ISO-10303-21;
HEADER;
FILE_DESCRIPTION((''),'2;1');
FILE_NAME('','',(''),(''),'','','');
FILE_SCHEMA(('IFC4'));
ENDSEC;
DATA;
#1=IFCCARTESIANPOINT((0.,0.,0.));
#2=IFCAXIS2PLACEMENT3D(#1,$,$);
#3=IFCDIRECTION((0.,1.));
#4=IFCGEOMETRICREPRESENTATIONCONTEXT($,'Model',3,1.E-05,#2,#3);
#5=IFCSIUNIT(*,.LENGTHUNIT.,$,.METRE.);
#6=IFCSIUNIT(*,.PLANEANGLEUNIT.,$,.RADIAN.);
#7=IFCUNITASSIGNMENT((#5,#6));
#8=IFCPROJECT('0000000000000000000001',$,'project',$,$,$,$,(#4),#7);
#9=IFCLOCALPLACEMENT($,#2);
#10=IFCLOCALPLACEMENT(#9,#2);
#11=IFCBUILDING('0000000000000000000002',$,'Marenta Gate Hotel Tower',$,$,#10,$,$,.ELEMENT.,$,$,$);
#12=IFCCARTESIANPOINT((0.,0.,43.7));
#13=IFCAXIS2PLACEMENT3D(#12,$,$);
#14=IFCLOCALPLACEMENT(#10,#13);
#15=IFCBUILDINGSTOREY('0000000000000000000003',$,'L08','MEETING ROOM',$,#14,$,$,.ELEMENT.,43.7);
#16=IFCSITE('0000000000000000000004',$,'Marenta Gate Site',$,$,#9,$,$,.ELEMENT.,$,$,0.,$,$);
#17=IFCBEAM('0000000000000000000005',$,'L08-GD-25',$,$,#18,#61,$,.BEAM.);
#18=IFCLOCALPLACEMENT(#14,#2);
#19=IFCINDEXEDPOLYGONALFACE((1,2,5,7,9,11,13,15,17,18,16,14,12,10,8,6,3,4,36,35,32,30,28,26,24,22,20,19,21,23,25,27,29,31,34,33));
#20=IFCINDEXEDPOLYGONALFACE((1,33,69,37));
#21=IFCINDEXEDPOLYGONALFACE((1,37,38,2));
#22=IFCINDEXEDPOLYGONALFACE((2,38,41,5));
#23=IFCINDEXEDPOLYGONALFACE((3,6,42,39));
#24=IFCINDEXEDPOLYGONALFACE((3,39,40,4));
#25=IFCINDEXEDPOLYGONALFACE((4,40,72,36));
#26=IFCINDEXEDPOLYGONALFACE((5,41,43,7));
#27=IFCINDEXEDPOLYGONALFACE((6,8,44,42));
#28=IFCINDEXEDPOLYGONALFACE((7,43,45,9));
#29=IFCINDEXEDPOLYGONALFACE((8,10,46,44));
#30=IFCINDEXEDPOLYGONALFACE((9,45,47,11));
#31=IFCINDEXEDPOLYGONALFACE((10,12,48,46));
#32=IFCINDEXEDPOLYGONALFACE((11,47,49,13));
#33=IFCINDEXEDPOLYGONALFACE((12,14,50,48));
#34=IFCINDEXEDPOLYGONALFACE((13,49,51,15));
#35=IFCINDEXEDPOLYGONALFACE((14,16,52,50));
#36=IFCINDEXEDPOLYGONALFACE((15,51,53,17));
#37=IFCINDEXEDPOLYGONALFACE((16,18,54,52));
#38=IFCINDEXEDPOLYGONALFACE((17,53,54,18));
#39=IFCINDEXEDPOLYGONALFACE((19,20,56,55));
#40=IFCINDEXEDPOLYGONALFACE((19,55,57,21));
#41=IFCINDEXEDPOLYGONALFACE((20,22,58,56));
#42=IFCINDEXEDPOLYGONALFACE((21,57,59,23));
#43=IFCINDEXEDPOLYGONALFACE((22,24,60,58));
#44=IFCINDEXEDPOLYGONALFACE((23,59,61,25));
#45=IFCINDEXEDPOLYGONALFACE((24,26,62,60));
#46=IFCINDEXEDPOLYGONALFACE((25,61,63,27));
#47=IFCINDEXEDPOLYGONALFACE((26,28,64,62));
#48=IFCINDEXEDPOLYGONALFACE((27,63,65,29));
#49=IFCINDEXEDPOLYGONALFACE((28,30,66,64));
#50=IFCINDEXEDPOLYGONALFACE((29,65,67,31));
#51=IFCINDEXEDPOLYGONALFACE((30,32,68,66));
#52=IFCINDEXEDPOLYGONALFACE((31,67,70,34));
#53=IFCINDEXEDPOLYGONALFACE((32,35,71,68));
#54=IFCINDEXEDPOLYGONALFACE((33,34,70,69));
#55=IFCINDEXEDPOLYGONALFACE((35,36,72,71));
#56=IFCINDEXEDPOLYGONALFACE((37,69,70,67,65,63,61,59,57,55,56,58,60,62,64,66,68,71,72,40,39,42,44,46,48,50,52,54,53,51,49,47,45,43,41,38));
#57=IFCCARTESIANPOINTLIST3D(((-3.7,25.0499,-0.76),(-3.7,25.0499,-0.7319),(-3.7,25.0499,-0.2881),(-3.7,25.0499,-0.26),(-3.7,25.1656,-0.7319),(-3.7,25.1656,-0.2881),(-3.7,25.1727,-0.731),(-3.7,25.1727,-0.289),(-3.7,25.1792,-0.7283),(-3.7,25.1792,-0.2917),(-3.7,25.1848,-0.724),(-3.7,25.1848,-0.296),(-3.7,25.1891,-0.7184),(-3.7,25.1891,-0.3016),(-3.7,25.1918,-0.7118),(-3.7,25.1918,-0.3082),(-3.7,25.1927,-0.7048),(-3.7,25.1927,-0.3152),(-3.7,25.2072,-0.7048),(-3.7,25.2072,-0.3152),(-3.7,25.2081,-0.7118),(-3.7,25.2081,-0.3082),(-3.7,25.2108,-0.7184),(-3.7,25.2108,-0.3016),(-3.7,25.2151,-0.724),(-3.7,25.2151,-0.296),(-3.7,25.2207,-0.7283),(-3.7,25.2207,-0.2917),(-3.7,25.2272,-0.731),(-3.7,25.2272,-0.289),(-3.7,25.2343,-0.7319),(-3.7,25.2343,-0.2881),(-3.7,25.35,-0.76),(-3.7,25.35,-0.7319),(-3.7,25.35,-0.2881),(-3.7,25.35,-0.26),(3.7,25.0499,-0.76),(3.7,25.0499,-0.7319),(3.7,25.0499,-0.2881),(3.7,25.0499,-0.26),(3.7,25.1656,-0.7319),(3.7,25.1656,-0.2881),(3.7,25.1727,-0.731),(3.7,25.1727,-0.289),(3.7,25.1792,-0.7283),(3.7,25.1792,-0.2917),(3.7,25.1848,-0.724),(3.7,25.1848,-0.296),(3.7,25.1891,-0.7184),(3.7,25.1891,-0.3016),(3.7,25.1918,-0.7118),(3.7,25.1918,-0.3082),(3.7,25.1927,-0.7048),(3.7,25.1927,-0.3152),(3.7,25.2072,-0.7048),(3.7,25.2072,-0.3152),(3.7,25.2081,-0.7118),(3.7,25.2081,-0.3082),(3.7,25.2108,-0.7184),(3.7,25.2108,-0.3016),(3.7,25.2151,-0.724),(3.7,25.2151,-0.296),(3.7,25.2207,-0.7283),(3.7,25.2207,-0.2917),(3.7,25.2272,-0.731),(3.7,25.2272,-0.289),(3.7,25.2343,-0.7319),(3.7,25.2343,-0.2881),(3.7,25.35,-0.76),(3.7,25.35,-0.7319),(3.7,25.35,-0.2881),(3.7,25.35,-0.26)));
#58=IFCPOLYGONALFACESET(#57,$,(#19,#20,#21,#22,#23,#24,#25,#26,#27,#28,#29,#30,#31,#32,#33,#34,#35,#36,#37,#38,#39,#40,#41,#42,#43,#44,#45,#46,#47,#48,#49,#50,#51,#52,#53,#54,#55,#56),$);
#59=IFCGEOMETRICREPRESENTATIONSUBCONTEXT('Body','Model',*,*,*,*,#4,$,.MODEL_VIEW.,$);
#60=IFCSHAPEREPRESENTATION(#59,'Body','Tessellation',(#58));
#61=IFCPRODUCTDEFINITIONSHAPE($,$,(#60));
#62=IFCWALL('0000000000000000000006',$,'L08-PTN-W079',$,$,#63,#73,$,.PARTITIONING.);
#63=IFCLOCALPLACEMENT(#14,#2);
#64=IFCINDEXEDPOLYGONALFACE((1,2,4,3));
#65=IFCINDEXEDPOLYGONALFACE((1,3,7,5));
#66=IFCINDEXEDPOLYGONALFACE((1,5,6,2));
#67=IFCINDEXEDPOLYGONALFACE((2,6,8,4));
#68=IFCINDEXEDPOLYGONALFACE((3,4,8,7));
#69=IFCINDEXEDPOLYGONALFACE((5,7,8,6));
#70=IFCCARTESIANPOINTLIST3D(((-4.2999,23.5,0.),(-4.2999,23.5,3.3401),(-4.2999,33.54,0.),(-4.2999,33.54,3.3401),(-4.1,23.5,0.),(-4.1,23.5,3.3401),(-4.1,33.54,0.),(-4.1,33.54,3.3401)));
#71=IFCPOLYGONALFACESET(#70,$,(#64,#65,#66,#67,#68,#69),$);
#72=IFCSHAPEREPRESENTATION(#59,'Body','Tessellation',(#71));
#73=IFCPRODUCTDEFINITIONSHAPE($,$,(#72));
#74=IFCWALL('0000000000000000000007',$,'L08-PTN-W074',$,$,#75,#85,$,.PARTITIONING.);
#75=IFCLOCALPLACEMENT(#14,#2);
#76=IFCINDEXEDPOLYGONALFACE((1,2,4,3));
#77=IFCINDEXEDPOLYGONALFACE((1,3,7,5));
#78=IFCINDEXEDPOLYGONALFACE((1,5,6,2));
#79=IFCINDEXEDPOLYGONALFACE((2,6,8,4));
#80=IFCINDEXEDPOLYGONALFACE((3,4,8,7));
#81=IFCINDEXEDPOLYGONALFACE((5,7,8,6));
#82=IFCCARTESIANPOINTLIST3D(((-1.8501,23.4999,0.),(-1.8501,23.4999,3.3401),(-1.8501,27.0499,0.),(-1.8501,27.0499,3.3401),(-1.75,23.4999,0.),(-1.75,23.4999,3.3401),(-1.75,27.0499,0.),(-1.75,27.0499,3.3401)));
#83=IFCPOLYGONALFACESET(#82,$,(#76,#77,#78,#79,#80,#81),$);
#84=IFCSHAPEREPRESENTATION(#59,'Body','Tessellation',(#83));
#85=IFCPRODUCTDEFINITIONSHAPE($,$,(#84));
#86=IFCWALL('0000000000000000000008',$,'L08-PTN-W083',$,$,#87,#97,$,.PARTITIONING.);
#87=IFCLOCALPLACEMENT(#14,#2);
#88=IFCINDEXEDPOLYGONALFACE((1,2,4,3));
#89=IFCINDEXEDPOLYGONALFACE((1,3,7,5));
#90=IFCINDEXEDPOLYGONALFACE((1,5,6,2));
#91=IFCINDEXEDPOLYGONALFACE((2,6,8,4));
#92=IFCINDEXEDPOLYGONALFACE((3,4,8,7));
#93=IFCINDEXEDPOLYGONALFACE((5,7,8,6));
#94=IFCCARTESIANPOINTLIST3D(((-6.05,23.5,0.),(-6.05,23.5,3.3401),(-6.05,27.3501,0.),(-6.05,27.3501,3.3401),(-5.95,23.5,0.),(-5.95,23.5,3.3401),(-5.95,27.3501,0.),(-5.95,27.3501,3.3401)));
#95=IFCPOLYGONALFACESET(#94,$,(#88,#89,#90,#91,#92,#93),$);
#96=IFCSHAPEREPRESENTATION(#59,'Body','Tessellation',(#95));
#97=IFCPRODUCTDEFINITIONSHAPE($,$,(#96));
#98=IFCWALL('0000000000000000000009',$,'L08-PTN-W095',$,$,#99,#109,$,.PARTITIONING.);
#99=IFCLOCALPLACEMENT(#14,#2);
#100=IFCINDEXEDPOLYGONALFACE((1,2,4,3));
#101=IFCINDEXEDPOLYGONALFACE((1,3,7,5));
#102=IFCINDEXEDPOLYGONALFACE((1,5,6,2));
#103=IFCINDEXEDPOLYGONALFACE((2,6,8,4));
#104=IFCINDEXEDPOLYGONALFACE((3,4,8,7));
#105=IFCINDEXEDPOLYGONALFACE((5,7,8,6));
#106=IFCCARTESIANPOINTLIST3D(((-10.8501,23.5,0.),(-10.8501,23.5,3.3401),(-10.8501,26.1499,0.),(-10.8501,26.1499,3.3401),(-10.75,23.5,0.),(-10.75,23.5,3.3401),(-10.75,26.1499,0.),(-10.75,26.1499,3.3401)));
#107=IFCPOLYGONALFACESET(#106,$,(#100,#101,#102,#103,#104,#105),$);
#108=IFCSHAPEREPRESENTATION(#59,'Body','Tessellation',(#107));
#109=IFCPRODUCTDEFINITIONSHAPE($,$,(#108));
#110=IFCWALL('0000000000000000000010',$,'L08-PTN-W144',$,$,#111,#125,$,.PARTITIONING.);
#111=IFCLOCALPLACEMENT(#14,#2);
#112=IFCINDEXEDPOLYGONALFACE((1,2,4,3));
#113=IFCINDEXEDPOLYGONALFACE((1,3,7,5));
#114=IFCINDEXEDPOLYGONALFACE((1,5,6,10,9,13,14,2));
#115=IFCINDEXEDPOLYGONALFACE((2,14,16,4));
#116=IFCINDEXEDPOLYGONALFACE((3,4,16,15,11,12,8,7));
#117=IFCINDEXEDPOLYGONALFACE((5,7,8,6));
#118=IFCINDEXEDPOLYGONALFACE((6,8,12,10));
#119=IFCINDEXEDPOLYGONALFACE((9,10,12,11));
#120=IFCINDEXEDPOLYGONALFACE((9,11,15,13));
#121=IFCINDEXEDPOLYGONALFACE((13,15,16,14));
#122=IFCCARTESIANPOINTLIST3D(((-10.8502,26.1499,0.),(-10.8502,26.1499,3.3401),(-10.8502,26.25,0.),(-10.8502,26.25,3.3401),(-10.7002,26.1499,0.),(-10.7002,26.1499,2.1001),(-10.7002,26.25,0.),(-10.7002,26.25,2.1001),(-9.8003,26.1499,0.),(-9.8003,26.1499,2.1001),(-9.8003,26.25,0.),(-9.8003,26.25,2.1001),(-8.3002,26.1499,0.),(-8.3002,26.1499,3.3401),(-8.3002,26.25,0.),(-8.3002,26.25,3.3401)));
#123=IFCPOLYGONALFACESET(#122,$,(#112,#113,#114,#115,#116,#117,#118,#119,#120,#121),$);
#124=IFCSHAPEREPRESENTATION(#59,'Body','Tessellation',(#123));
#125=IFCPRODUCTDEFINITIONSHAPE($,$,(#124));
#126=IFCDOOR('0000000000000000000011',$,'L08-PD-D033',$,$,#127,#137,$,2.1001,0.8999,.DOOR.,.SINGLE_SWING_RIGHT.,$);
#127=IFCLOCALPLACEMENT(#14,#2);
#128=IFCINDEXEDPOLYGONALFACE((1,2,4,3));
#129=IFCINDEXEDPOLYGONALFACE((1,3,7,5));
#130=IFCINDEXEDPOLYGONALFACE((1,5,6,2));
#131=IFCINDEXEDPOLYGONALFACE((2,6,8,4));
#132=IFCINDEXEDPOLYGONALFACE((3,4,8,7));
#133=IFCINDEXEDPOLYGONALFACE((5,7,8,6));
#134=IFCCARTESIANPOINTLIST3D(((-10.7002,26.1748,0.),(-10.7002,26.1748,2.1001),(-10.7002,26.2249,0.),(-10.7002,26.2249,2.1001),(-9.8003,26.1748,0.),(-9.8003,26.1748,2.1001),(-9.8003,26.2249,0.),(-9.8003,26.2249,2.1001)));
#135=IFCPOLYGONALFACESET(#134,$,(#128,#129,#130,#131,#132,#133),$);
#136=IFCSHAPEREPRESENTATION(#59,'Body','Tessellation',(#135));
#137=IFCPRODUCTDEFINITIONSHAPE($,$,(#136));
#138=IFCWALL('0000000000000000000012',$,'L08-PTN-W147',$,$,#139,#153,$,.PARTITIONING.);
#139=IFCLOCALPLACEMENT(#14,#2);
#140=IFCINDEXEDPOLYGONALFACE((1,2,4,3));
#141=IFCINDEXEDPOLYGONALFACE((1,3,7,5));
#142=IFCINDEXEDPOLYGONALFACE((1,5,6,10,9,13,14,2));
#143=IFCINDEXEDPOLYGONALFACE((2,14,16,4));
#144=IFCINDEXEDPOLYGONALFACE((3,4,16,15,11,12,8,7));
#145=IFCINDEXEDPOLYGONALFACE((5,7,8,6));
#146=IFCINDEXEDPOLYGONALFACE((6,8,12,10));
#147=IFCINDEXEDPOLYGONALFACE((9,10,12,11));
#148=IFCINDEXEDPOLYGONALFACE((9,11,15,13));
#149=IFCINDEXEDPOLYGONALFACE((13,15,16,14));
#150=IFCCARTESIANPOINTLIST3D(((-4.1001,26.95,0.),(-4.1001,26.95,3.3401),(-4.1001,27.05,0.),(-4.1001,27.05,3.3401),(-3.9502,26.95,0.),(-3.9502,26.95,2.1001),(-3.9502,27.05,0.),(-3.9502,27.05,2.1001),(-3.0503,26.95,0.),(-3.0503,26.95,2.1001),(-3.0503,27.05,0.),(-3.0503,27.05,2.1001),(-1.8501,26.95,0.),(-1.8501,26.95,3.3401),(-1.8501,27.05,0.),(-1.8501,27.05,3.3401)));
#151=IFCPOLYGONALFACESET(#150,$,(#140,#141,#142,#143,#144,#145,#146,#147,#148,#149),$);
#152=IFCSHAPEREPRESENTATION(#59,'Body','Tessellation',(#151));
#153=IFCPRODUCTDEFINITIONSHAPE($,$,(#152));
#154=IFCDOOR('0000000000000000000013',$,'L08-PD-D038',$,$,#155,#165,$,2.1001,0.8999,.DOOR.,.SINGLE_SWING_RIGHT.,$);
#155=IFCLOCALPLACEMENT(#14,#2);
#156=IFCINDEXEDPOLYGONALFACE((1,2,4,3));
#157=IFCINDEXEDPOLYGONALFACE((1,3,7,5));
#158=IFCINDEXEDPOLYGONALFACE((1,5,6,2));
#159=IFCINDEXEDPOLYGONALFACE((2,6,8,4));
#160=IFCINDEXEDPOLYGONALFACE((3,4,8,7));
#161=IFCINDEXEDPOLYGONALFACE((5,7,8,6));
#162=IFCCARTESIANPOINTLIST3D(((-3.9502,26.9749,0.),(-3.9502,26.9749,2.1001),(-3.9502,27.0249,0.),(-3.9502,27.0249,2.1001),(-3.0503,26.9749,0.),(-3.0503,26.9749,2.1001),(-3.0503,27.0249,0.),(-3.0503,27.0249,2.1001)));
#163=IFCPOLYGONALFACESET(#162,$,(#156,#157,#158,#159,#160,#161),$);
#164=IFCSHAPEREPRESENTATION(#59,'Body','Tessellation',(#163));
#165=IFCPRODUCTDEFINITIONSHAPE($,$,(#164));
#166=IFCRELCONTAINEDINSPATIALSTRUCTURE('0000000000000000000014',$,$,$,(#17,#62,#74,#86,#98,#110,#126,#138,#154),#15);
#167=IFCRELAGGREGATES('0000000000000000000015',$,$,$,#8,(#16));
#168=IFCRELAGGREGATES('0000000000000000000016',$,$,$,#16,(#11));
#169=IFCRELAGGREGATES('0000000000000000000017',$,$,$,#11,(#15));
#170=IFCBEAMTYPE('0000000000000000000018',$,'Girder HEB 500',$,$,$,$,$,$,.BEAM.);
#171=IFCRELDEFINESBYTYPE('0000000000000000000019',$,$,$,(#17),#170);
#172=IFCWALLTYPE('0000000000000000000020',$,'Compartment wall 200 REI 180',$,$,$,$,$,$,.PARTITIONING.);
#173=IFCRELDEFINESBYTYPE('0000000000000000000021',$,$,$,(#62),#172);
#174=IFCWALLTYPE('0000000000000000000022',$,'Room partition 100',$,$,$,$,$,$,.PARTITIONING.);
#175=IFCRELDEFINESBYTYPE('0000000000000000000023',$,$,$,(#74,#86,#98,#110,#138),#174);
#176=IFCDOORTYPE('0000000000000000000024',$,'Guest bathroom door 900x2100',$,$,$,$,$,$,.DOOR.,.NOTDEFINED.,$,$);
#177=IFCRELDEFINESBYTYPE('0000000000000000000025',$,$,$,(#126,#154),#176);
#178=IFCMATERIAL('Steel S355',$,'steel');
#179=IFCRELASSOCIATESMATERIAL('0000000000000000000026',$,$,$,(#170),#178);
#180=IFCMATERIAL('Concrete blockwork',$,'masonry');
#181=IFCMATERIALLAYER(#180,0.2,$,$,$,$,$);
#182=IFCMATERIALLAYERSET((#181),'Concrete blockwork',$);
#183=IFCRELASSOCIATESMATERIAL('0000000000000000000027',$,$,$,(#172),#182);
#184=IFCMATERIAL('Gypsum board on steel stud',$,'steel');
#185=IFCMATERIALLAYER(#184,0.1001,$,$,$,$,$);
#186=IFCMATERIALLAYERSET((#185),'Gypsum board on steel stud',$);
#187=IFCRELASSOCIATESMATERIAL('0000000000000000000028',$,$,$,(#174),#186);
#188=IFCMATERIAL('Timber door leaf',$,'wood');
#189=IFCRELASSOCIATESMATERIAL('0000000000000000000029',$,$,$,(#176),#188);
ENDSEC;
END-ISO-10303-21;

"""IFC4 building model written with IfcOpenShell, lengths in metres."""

from ifc_helpers import new_model, si_unit, direction, frame, frame_2d, origin, origin_2d, place, context, subcontext, project, spatial, rectangle, i_section, extrude, material, layer, layer_set, material_profile, profile_set, type_object, element, fill, save


model = new_model("IFC4")

# Units and contexts
model_context = context("Model", 3, precision=1e-05, world=origin(), true_north=direction((0.0, 1.0)))
body_context = subcontext(model_context, "Body", "Model", "MODEL_VIEW")
ifc_project = project(units=[si_unit("LENGTHUNIT", "METRE"), si_unit("PLANEANGLEUNIT", "RADIAN")], contexts=[model_context])

# Site, building, storey
site_placement = place(None, origin())
site = spatial("IfcSite", under=ifc_project, at=site_placement, Name="Marenta Gate Site", CompositionType="ELEMENT", RefElevation=0.0)
building_placement = place(site_placement, origin())
building = spatial("IfcBuilding", under=site, at=building_placement, Name="Marenta Gate Hotel Tower", CompositionType="ELEMENT")
storey_placement = place(building_placement, frame((0.0, 0.0, 43.7)))
storey = spatial("IfcBuildingStorey", under=building, at=storey_placement, Name="L08", Description="MEETING ROOM", CompositionType="ELEMENT", Elevation=43.7)

# Beam
ifc_material_1 = material(Name="Steel S355", Category="steel")
ifc_material_profile_1 = material_profile(ifc_material_1, i_section(OverallWidth=0.3, OverallDepth=0.5, WebThickness=0.0144, FlangeThickness=0.0281, FilletRadius=0.0271, at=origin_2d()), Name="HEB 500")
ifc_profile_set_1 = profile_set([ifc_material_profile_1], Name="Steel S355")
beam_type_1 = type_object("IfcBeamType", Name="Girder HEB 500", PredefinedType="BEAM", material=ifc_profile_set_1)
beam_1_placement = place(storey_placement, frame((-3.7, 25.2, -0.51), z_axis=(1.0, 0.0, 0.0), x_axis=(0.0, 1.0, 0.0)))
element("IfcBeam", 1, at=beam_1_placement, inside=storey, type_object=beam_type_1, Name="L08-GD-25", PredefinedType="BEAM", context=body_context, shape_type="SweptSolid", body=[
    extrude(i_section(OverallWidth=0.3, OverallDepth=0.5, WebThickness=0.0144, FlangeThickness=0.0281, FilletRadius=0.0271, at=origin_2d()), origin(), (0.0, 0.0, 1.0), 7.3999),
])

# Walls
ifc_material_2 = material(Name="Concrete blockwork", Category="masonry")
ifc_layer_1 = layer(ifc_material_2, 0.2)
ifc_layer_set_1 = layer_set([ifc_layer_1], Name="Concrete blockwork")
wall_type_1 = type_object("IfcWallType", Name="Compartment wall 200 REI 180", PredefinedType="PARTITIONING", material=ifc_layer_set_1)
wall_1_placement = place(storey_placement, frame((-4.2, 23.5, 0.0), z_axis=(0.0, 0.0, 1.0), x_axis=(0.0, 1.0, 0.0)))
element("IfcWall", 2, at=wall_1_placement, inside=storey, type_object=wall_type_1, Name="L08-PTN-W079", PredefinedType="PARTITIONING", context=body_context, shape_type="SweptSolid", body=[
    extrude(rectangle(XDim=10.04, YDim=0.2, at=frame_2d((5.02, 0.0))), origin(), (0.0, 0.0, 1.0), 3.3401),
])
ifc_material_3 = material(Name="Gypsum board on steel stud", Category="steel")
ifc_layer_2 = layer(ifc_material_3, 0.1001)
ifc_layer_set_2 = layer_set([ifc_layer_2], Name="Gypsum board on steel stud")
wall_type_2 = type_object("IfcWallType", Name="Room partition 100", PredefinedType="PARTITIONING", material=ifc_layer_set_2)
wall_2_placement = place(storey_placement, frame((-1.8, 23.5, 0.0), z_axis=(0.0, 0.0, 1.0), x_axis=(0.0, 1.0, 0.0)))
element("IfcWall", 3, at=wall_2_placement, inside=storey, type_object=wall_type_2, Name="L08-PTN-W074", PredefinedType="PARTITIONING", context=body_context, shape_type="SweptSolid", body=[
    extrude(rectangle(XDim=3.55, YDim=0.1001, at=frame_2d((1.7749, 0.0))), origin(), (0.0, 0.0, 1.0), 3.3401),
])
wall_3_placement = place(storey_placement, frame((-6.0, 23.5, 0.0), z_axis=(0.0, 0.0, 1.0), x_axis=(0.0, 1.0, 0.0)))
element("IfcWall", 4, at=wall_3_placement, inside=storey, type_object=wall_type_2, Name="L08-PTN-W083", PredefinedType="PARTITIONING", context=body_context, shape_type="SweptSolid", body=[
    extrude(rectangle(XDim=3.8501, YDim=0.1001, at=frame_2d((1.925, 0.0))), origin(), (0.0, 0.0, 1.0), 3.3401),
])
wall_4_placement = place(storey_placement, frame((-10.8, 23.5, 0.0), z_axis=(0.0, 0.0, 1.0), x_axis=(0.0, 1.0, 0.0)))
element("IfcWall", 5, at=wall_4_placement, inside=storey, type_object=wall_type_2, Name="L08-PTN-W095", PredefinedType="PARTITIONING", context=body_context, shape_type="SweptSolid", body=[
    extrude(rectangle(XDim=2.6499, YDim=0.1001, at=frame_2d((1.325, 0.0))), origin(), (0.0, 0.0, 1.0), 3.3401),
])

# Walls, openings, doors
wall_5_placement = place(storey_placement, frame((-10.8501, 26.2, 0.0), z_axis=(0.0, 0.0, 1.0), x_axis=(1.0, 0.0, 0.0)))
wall_5 = element("IfcWall", 6, at=wall_5_placement, inside=storey, type_object=wall_type_2, Name="L08-PTN-W144", PredefinedType="PARTITIONING", context=body_context, shape_type="SweptSolid", body=[
    extrude(rectangle(XDim=2.55, YDim=0.1001, at=frame_2d((1.2749, 0.0))), origin(), (0.0, 0.0, 1.0), 3.3401),
])
opening_1_placement = place(wall_5_placement, frame((0.1499, 0.0, 0.0)))
opening_1 = element("IfcOpeningElement", 7, at=opening_1_placement, cuts=wall_5, PredefinedType="OPENING", context=body_context, shape_type="SweptSolid", body=[
    extrude(rectangle(XDim=0.8999, YDim=2.1001, at=frame_2d((0.45, 1.05))), frame((0.0, 0.05, 0.0), z_axis=(0.0, -1.0, 0.0), x_axis=(1.0, 0.0, 0.0)), (0.0, 0.0, 1.0), 0.1001),
])
ifc_material_4 = material(Name="Timber door leaf", Category="wood")
door_type = type_object("IfcDoorType", Name="Guest bathroom door 900x2100", OperationType="NOTDEFINED", PredefinedType="DOOR", material=ifc_material_4)
door_1_placement = place(opening_1_placement, origin())
door_1 = element("IfcDoor", 8, at=door_1_placement, inside=storey, type_object=door_type, Name="L08-PD-D033", OperationType="SINGLE_SWING_RIGHT", OverallHeight=2.1001, OverallWidth=0.8999, PredefinedType="DOOR", context=body_context, shape_type="SweptSolid", body=[
    extrude(rectangle(XDim=0.8999, YDim=2.1001, at=frame_2d((0.45, 1.05))), frame((0.0, 0.0249, 0.0), z_axis=(0.0, -1.0, 0.0), x_axis=(1.0, 0.0, 0.0)), (0.0, 0.0, 1.0), 0.05),
])
fill(opening_1, door_1)
wall_6_placement = place(storey_placement, frame((-4.1001, 27.0, 0.0), z_axis=(0.0, 0.0, 1.0), x_axis=(1.0, 0.0, 0.0)))
wall_6 = element("IfcWall", 9, at=wall_6_placement, inside=storey, type_object=wall_type_2, Name="L08-PTN-W147", PredefinedType="PARTITIONING", context=body_context, shape_type="SweptSolid", body=[
    extrude(rectangle(XDim=2.25, YDim=0.1001, at=frame_2d((1.125, 0.0))), origin(), (0.0, 0.0, 1.0), 3.3401),
])
opening_2_placement = place(wall_6_placement, frame((0.1499, 0.0, 0.0)))
opening_2 = element("IfcOpeningElement", 10, at=opening_2_placement, cuts=wall_6, PredefinedType="OPENING", context=body_context, shape_type="SweptSolid", body=[
    extrude(rectangle(XDim=0.8999, YDim=2.1001, at=frame_2d((0.45, 1.05))), frame((0.0, 0.05, 0.0), z_axis=(0.0, -1.0, 0.0), x_axis=(1.0, 0.0, 0.0)), (0.0, 0.0, 1.0), 0.1001),
])
door_2_placement = place(opening_2_placement, origin())
door_2 = element("IfcDoor", 11, at=door_2_placement, inside=storey, type_object=door_type, Name="L08-PD-D038", OperationType="SINGLE_SWING_RIGHT", OverallHeight=2.1001, OverallWidth=0.8999, PredefinedType="DOOR", context=body_context, shape_type="SweptSolid", body=[
    extrude(rectangle(XDim=0.8999, YDim=2.1001, at=frame_2d((0.45, 1.05))), frame((0.0, 0.0249, 0.0), z_axis=(0.0, -1.0, 0.0), x_axis=(1.0, 0.0, 0.0)), (0.0, 0.0, 1.0), 0.05),
])
fill(opening_2, door_2)

save(model, "model.ifc")
